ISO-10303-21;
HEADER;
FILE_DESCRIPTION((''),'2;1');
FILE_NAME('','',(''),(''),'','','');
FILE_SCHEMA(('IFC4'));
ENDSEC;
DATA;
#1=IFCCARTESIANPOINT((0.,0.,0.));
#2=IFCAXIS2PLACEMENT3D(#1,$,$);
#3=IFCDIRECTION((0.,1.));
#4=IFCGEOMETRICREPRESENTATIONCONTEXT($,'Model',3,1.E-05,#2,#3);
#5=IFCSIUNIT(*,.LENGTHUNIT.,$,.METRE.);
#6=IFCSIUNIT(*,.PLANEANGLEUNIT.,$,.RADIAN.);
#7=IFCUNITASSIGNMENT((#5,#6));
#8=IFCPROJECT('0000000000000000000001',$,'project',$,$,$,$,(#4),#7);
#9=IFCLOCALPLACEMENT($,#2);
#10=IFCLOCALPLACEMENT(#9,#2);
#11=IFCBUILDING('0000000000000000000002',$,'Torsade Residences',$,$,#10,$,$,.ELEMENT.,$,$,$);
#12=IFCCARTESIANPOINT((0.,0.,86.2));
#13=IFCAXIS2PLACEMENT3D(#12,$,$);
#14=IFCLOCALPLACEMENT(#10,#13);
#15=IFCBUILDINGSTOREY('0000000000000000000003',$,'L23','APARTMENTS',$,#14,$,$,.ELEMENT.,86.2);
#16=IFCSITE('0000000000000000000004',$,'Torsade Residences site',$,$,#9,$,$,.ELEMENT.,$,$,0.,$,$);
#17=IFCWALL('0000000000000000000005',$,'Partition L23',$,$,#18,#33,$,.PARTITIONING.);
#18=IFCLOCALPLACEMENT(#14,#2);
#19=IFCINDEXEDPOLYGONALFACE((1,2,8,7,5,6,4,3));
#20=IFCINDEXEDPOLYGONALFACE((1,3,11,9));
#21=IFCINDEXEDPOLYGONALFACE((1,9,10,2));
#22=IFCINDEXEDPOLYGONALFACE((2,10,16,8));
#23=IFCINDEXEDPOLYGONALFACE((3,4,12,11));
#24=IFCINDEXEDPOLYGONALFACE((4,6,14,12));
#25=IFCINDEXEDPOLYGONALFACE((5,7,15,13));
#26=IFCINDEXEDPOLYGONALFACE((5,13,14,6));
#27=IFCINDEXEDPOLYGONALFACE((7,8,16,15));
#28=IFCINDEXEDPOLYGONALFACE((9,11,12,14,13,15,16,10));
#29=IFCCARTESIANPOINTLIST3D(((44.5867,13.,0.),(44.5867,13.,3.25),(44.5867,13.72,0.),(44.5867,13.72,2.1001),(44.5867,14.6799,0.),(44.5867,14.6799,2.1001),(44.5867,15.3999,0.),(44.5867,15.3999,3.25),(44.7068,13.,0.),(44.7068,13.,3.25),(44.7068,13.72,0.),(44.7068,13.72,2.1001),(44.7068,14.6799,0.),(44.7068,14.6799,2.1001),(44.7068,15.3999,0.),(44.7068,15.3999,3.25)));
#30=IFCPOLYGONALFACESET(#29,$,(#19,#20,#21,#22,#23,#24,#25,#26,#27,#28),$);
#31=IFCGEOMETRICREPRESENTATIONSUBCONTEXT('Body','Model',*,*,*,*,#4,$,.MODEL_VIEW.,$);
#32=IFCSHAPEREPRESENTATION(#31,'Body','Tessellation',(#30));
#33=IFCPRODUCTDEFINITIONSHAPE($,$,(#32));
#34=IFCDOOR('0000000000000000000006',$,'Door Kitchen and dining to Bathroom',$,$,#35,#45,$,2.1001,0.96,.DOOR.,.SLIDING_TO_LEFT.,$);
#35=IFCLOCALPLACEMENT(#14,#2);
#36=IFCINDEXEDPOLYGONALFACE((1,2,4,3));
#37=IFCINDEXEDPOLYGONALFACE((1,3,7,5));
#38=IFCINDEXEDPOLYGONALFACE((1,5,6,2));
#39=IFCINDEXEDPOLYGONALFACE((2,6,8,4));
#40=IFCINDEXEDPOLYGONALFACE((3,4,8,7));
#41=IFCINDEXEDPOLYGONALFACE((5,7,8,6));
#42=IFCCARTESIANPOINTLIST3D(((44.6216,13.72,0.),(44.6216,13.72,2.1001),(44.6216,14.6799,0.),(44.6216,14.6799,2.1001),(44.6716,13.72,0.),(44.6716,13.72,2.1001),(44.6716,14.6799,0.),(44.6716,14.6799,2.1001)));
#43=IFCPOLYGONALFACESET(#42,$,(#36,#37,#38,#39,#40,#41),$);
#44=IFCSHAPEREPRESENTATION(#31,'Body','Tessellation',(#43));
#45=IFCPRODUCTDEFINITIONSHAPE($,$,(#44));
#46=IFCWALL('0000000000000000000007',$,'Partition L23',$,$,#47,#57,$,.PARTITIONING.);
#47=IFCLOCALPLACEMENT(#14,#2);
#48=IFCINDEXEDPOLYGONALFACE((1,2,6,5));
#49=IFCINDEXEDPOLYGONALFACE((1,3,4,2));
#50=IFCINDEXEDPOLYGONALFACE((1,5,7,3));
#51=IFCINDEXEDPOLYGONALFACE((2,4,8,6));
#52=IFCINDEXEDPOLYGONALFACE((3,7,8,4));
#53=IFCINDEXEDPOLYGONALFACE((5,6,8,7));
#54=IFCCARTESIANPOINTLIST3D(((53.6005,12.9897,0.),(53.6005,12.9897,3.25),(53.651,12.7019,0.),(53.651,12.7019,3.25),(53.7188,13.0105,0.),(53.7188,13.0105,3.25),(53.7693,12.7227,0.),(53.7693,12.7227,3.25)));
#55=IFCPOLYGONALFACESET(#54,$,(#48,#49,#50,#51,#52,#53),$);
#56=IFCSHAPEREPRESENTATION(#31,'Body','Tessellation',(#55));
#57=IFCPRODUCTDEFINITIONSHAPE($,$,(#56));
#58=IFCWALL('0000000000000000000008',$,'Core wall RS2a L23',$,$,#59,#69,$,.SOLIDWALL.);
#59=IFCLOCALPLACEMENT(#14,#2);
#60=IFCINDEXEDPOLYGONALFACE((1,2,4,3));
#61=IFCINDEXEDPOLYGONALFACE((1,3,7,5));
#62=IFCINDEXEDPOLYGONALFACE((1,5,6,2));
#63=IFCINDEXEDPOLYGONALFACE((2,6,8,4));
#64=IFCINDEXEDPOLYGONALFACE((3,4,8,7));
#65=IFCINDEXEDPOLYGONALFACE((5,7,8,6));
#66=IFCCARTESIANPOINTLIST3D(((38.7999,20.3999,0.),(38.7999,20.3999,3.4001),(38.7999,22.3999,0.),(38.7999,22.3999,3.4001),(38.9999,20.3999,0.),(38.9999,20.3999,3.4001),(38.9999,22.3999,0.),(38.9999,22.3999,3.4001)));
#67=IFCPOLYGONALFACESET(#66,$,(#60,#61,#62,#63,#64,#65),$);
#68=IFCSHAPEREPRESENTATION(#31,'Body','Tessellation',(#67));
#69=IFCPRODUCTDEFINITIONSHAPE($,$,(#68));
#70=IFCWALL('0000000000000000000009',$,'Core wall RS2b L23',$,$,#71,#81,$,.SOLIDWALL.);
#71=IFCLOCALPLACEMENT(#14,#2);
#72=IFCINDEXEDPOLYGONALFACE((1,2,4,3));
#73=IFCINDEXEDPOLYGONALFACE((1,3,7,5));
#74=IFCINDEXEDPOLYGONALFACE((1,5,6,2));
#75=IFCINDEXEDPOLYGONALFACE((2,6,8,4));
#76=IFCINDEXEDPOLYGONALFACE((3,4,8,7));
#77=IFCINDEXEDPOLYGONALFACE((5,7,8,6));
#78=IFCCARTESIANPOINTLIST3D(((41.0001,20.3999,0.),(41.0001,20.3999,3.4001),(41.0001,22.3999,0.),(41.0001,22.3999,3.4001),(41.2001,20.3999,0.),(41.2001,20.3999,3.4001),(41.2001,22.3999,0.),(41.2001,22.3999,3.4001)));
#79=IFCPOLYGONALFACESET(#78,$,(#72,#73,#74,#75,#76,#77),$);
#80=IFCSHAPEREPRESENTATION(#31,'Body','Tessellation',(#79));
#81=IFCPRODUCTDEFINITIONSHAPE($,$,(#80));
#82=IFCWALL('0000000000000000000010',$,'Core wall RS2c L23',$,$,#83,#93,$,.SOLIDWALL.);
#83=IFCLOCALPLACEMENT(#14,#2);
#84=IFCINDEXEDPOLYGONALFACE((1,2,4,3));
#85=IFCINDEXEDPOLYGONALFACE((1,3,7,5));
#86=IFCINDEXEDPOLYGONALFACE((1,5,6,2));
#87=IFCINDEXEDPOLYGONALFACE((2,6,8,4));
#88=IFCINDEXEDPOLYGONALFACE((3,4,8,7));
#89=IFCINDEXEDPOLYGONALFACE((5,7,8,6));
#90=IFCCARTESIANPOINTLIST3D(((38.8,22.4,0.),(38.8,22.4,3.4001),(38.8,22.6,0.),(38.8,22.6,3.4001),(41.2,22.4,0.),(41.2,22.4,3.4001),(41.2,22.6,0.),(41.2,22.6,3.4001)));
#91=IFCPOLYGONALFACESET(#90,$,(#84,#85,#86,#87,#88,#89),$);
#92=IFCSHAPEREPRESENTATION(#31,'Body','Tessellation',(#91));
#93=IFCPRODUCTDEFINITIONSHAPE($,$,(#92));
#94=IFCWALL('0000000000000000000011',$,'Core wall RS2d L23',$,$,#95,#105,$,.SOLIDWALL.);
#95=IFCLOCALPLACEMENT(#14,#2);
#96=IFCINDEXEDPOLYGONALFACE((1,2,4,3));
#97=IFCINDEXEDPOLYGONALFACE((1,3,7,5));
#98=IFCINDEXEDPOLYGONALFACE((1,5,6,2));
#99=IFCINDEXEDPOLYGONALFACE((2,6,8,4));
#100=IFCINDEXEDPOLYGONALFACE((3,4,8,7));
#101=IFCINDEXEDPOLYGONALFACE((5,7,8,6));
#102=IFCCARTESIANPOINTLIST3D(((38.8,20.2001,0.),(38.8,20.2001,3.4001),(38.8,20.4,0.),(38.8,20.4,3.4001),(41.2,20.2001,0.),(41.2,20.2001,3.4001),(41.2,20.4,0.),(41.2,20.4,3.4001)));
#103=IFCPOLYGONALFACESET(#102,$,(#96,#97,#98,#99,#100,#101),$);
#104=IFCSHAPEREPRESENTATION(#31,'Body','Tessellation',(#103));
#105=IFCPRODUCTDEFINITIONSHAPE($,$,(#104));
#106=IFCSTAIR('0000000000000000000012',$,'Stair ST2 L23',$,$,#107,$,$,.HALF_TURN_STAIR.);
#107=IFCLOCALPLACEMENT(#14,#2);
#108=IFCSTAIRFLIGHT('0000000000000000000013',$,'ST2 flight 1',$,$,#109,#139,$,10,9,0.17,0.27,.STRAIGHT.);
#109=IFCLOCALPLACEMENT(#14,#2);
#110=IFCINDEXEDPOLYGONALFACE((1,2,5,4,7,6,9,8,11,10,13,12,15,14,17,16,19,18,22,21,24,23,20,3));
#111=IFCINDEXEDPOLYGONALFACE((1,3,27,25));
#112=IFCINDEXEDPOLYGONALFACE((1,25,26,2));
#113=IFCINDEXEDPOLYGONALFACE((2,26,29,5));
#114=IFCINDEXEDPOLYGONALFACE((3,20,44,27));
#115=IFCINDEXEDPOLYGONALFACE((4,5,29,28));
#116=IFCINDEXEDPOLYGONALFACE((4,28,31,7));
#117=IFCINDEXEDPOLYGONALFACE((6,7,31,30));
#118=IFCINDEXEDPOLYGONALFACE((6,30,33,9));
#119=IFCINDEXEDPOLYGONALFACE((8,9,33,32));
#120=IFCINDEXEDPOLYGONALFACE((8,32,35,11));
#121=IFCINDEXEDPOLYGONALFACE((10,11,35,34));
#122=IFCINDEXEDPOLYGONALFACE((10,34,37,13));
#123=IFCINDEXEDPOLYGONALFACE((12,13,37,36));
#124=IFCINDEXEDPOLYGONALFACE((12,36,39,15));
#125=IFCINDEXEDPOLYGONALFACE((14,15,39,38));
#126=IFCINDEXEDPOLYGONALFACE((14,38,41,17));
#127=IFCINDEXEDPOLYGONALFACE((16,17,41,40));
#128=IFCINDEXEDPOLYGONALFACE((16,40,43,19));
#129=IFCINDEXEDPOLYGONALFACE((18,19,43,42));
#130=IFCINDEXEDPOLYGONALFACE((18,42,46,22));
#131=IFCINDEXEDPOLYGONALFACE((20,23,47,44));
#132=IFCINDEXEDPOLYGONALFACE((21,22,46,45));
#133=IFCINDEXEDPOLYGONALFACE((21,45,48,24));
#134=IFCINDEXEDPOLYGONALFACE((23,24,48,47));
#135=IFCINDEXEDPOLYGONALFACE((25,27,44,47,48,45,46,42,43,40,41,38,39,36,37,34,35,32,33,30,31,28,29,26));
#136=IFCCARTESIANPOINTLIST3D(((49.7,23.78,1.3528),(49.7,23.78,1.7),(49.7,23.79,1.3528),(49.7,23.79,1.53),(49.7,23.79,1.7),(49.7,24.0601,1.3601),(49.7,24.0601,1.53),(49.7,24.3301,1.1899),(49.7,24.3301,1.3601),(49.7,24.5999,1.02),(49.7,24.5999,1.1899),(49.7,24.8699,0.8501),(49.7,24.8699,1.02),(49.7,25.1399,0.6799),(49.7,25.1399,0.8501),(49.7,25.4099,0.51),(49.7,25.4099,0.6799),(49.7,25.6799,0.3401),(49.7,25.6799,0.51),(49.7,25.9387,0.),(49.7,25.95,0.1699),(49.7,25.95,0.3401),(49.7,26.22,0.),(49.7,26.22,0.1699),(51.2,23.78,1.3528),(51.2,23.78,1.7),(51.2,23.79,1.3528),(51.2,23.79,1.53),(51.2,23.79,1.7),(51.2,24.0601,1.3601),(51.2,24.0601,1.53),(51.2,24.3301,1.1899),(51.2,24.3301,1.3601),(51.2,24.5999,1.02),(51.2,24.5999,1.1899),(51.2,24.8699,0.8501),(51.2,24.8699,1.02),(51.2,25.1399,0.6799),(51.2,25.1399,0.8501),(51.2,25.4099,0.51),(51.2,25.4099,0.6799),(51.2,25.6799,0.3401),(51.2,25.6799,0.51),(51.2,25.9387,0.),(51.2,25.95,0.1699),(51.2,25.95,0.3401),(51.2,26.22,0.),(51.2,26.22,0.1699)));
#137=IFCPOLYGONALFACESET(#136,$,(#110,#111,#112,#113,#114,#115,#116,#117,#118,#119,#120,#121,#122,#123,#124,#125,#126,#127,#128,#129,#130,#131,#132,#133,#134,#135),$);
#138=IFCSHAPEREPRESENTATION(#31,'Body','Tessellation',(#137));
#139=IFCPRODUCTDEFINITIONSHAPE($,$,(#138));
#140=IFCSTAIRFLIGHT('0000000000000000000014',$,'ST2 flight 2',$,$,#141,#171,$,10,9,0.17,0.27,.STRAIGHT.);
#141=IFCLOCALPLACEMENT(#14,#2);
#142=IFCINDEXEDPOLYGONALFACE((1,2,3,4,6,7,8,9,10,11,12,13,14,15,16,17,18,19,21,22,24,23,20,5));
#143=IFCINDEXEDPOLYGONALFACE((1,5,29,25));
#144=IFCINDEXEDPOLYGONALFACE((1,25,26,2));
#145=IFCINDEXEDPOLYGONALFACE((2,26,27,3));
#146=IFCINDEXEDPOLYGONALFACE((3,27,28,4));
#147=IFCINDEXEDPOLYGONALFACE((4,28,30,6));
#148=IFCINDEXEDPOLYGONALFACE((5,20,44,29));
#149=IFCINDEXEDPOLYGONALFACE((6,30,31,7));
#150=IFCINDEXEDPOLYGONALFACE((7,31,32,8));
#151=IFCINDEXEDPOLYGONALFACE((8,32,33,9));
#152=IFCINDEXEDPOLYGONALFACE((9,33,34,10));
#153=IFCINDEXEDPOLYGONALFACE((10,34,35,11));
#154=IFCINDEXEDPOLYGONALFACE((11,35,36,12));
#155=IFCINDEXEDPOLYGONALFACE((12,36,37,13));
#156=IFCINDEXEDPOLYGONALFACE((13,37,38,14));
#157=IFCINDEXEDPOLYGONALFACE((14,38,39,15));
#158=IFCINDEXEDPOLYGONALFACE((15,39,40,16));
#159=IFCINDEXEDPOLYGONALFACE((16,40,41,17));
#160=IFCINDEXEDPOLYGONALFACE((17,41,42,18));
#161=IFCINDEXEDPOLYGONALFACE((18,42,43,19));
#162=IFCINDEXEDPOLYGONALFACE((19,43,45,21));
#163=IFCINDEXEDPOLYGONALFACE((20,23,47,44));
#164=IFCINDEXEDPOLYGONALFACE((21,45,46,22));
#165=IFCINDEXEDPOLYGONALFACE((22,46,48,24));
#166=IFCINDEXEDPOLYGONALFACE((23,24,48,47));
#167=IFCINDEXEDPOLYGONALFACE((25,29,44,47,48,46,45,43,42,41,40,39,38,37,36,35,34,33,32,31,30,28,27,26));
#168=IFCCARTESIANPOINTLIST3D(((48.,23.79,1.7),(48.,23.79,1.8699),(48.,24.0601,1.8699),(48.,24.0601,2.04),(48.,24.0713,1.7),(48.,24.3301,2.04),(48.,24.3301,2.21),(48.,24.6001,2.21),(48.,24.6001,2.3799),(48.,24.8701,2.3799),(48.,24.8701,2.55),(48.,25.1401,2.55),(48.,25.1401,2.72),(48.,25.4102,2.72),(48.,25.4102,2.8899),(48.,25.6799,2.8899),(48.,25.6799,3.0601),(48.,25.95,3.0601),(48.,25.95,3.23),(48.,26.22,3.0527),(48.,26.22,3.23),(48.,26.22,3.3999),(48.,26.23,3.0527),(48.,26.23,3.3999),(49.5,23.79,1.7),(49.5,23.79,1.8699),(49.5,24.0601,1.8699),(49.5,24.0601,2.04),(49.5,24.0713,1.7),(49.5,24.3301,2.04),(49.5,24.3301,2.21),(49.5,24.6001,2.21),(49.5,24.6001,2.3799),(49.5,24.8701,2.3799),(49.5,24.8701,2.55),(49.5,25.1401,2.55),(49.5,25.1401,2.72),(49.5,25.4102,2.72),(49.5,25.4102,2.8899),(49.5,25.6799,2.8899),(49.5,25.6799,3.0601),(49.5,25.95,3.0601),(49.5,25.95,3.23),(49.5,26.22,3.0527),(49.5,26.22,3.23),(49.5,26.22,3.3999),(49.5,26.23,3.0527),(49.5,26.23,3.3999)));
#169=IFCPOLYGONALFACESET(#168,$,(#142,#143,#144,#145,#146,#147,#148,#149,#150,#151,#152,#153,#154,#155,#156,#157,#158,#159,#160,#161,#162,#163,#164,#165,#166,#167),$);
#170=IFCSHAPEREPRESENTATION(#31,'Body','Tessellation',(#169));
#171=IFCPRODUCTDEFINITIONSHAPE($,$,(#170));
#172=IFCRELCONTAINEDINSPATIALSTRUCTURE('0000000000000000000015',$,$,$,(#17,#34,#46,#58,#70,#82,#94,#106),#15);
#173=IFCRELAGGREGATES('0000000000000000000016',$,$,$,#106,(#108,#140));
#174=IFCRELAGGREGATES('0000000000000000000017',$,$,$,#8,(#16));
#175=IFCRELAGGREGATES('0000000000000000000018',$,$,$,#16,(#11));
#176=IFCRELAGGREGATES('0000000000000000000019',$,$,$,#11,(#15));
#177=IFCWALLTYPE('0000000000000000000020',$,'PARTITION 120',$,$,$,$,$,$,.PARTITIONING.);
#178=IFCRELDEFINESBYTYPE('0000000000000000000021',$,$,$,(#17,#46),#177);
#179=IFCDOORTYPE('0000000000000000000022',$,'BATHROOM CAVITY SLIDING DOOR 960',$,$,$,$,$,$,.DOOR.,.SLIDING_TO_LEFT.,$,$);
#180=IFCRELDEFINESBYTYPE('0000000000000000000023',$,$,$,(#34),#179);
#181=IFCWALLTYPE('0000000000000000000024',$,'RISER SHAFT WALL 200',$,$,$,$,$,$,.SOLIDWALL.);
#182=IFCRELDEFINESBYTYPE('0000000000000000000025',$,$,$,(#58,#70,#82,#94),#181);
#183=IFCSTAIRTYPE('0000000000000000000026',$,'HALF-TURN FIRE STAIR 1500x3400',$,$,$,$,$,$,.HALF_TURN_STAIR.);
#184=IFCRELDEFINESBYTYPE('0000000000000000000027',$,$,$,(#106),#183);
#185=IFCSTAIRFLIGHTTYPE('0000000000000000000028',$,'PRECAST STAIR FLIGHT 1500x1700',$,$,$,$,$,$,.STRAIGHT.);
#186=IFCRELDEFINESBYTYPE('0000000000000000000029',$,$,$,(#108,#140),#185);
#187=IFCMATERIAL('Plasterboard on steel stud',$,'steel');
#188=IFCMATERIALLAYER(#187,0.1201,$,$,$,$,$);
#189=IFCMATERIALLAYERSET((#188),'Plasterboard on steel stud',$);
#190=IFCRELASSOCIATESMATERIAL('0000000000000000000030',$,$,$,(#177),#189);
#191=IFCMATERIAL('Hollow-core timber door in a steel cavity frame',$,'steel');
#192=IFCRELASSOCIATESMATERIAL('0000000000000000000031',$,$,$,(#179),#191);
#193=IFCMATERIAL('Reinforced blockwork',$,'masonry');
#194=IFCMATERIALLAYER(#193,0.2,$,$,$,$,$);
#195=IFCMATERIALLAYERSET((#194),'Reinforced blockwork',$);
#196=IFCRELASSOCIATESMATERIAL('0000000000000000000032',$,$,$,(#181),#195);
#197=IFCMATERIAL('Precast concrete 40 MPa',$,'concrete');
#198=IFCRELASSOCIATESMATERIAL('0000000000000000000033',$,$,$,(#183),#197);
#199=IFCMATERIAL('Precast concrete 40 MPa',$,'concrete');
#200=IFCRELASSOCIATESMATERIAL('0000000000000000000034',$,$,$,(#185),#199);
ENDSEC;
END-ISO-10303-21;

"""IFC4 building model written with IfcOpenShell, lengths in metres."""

from ifc_helpers import new_model, si_unit, direction, frame, frame_2d, origin, place, context, subcontext, project, spatial, polyline, rectangle, outline, extrude, material, layer, layer_set, type_object, element, fill, aggregate, save


model = new_model("IFC4")

# Units and contexts
model_context = context("Model", 3, precision=1e-05, world=origin(), true_north=direction((0.0, 1.0)))
body_context = subcontext(model_context, "Body", "Model", "MODEL_VIEW")
ifc_project = project(units=[si_unit("LENGTHUNIT", "METRE"), si_unit("PLANEANGLEUNIT", "RADIAN")], contexts=[model_context])

# Site, building, storey
site_placement = place(None, origin())
site = spatial("IfcSite", under=ifc_project, at=site_placement, Name="Torsade Residences site", CompositionType="ELEMENT", RefElevation=0.0)
building_placement = place(site_placement, origin())
building = spatial("IfcBuilding", under=site, at=building_placement, Name="Torsade Residences", CompositionType="ELEMENT")
storey_placement = place(building_placement, frame((0.0, 0.0, 86.2)))
storey = spatial("IfcBuildingStorey", under=building, at=storey_placement, Name="L23", Description="APARTMENTS", CompositionType="ELEMENT", Elevation=86.2)

# Wall, opening, door
ifc_material_1 = material(Name="Plasterboard on steel stud", Category="steel")
ifc_layer_1 = layer(ifc_material_1, 0.1201)
ifc_layer_set_1 = layer_set([ifc_layer_1], Name="Plasterboard on steel stud")
wall_type_1 = type_object("IfcWallType", Name="PARTITION 120", PredefinedType="PARTITIONING", material=ifc_layer_set_1)
wall_1_placement = place(storey_placement, frame((44.6467, 15.3999, 0.0), z_axis=(0.0, 0.0, 1.0), x_axis=(0.0, -1.0, 0.0)))
wall_1 = element("IfcWall", 1, at=wall_1_placement, inside=storey, type_object=wall_type_1, Name="Partition L23", PredefinedType="PARTITIONING", context=body_context, shape_type="SweptSolid", body=[
    extrude(rectangle(XDim=2.3999, YDim=0.1201, at=frame_2d((1.2, 0.0))), origin(), (0.0, 0.0, 1.0), 3.25),
])
opening_1_placement = place(wall_1_placement, frame((0.72, 0.0, 0.0)))
opening_1 = element("IfcOpeningElement", 2, at=opening_1_placement, cuts=wall_1, PredefinedType="OPENING", context=body_context, shape_type="SweptSolid", body=[
    extrude(rectangle(XDim=0.96, YDim=2.1001, at=frame_2d((0.48, 1.05))), frame((0.0, 0.0701, 0.0), z_axis=(0.0, -1.0, 0.0), x_axis=(1.0, 0.0, 0.0)), (0.0, 0.0, 1.0), 0.1401),
])
ifc_material_2 = material(Name="Hollow-core timber door in a steel cavity frame", Category="steel")
door_type_1 = type_object("IfcDoorType", Name="BATHROOM CAVITY SLIDING DOOR 960", OperationType="SLIDING_TO_LEFT", PredefinedType="DOOR", material=ifc_material_2)
door_1_placement = place(opening_1_placement, origin())
door_1 = element("IfcDoor", 3, at=door_1_placement, inside=storey, type_object=door_type_1, Name="Door Kitchen and dining to Bathroom", OperationType="SLIDING_TO_LEFT", OverallHeight=2.1001, OverallWidth=0.96, PredefinedType="DOOR", context=body_context, shape_type="SweptSolid", body=[
    extrude(rectangle(XDim=0.96, YDim=2.1001, at=frame_2d((0.48, 1.05))), frame((0.0, 0.0249, 0.0), z_axis=(0.0, -1.0, 0.0), x_axis=(1.0, 0.0, 0.0)), (0.0, 0.0, 1.0), 0.05),
])
fill(opening_1, door_1)

# Walls
wall_2_placement = place(storey_placement, frame((53.6597, 13.0, 0.0), z_axis=(0.0, 0.0, 1.0), x_axis=(0.172927, -0.984935, 0.0)))
element("IfcWall", 4, at=wall_2_placement, inside=storey, type_object=wall_type_1, Name="Partition L23", PredefinedType="PARTITIONING", context=body_context, shape_type="SweptSolid", body=[
    extrude(rectangle(XDim=0.2922, YDim=0.1201, at=frame_2d((0.146, 0.0))), origin(), (0.0, 0.0, 1.0), 3.25),
])
ifc_material_3 = material(Name="Reinforced blockwork", Category="masonry")
ifc_layer_2 = layer(ifc_material_3, 0.2)
ifc_layer_set_2 = layer_set([ifc_layer_2], Name="Reinforced blockwork")
wall_type_2 = type_object("IfcWallType", Name="RISER SHAFT WALL 200", PredefinedType="SOLIDWALL", material=ifc_layer_set_2)
for number, where, z_axis, x_axis, name in (
    (5, (38.8999, 22.3999, 0.0), (0.0, 0.0, 1.0), (0.0, -1.0, 0.0), "Core wall RS2a L23"),
    (6, (41.1001, 22.3999, 0.0), (0.0, 0.0, 1.0), (0.0, -1.0, 0.0), "Core wall RS2b L23"),
):
    element("IfcWall", number, at=place(storey_placement, frame(where, z_axis=z_axis, x_axis=x_axis)), inside=storey, type_object=wall_type_2, Name=name, PredefinedType="SOLIDWALL", context=body_context, shape_type="SweptSolid", body=[
        extrude(rectangle(XDim=2.0, YDim=0.2, at=frame_2d((1.0, 0.0))), origin(), (0.0, 0.0, 1.0), 3.4001),
    ])
for number, where, z_axis, x_axis, name in (
    (7, (38.8, 22.5, 0.0), (0.0, 0.0, 1.0), (1.0, 0.0, 0.0), "Core wall RS2c L23"),
    (8, (38.8, 20.3, 0.0), (0.0, 0.0, 1.0), (1.0, 0.0, 0.0), "Core wall RS2d L23"),
):
    element("IfcWall", number, at=place(storey_placement, frame(where, z_axis=z_axis, x_axis=x_axis)), inside=storey, type_object=wall_type_2, Name=name, PredefinedType="SOLIDWALL", context=body_context, shape_type="SweptSolid", body=[
        extrude(rectangle(XDim=2.3999, YDim=0.2, at=frame_2d((1.2, 0.0))), origin(), (0.0, 0.0, 1.0), 3.4001),
    ])

# Stair, stair flights
ifc_material_4 = material(Name="Precast concrete 40 MPa", Category="concrete")
stair_type = type_object("IfcStairType", Name="HALF-TURN FIRE STAIR 1500x3400", PredefinedType="HALF_TURN_STAIR", material=ifc_material_4)
stair_placement = place(storey_placement, origin())
stair = element("IfcStair", 9, at=stair_placement, inside=storey, type_object=stair_type, Name="Stair ST2 L23", PredefinedType="HALF_TURN_STAIR")
ifc_material_5 = material(Name="Precast concrete 40 MPa", Category="concrete")
stair_flight_type = type_object("IfcStairFlightType", Name="PRECAST STAIR FLIGHT 1500x1700", PredefinedType="STRAIGHT", material=ifc_material_5)
stair_flight_1_placement = place(storey_placement, frame((50.45, 26.22, 0.0), z_axis=(0.0, 0.0, 1.0), x_axis=(0.0, -1.0, 0.0)))
stair_flight_1 = element("IfcStairFlight", 10, at=stair_flight_1_placement, type_object=stair_flight_type, Name="ST2 flight 1", NumberOfRisers=10, NumberOfTreads=9, PredefinedType="STRAIGHT", RiserHeight=0.17, TreadLength=0.27, context=body_context, shape_type="SweptSolid", body=[
    extrude(outline(polyline([(0.0, 0.0), (0.0, 0.1699), (0.27, 0.1699), (0.27, 0.3401), (0.54, 0.3401), (0.54, 0.51), (0.8101, 0.51), (0.8101, 0.6799), (1.0801, 0.6799), (1.0801, 0.8501), (1.3501, 0.8501), (1.3501, 1.02), (1.6201, 1.02), (1.6201, 1.1899), (1.8899, 1.1899), (1.8899, 1.3601), (2.1599, 1.3601), (2.1599, 1.53), (2.4299, 1.53), (2.4299, 1.7), (2.4399, 1.7), (2.4399, 1.3528), (2.4299, 1.3528), (0.2812, 0.0), (0.0, 0.0)])), frame((0.0, 0.75, 0.0), z_axis=(0.0, -1.0, 0.0), x_axis=(1.0, 0.0, 0.0)), (0.0, 0.0, 1.0), 1.5),
])
stair_flight_2_placement = place(storey_placement, frame((48.75, 23.79, 1.7), z_axis=(0.0, 0.0, 1.0), x_axis=(0.0, 1.0, 0.0)))
stair_flight_2 = element("IfcStairFlight", 11, at=stair_flight_2_placement, type_object=stair_flight_type, Name="ST2 flight 2", NumberOfRisers=10, NumberOfTreads=9, PredefinedType="STRAIGHT", RiserHeight=0.17, TreadLength=0.27, context=body_context, shape_type="SweptSolid", body=[
    extrude(outline(polyline([(0.0, 0.0), (0.0, 0.1699), (0.27, 0.1699), (0.27, 0.3401), (0.54, 0.3401), (0.54, 0.51), (0.8101, 0.51), (0.8101, 0.6799), (1.0801, 0.6799), (1.0801, 0.8501), (1.3501, 0.8501), (1.3501, 1.02), (1.6201, 1.02), (1.6201, 1.1899), (1.8899, 1.1899), (1.8899, 1.3601), (2.1599, 1.3601), (2.1599, 1.53), (2.4299, 1.53), (2.4299, 1.7), (2.4399, 1.7), (2.4399, 1.3528), (2.4299, 1.3528), (0.2812, 0.0), (0.0, 0.0)])), frame((0.0, 0.75, 0.0), z_axis=(0.0, -1.0, 0.0), x_axis=(1.0, 0.0, 0.0)), (0.0, 0.0, 1.0), 1.5),
])
aggregate(stair, [stair_flight_1, stair_flight_2])

save(model, "model.ifc")
